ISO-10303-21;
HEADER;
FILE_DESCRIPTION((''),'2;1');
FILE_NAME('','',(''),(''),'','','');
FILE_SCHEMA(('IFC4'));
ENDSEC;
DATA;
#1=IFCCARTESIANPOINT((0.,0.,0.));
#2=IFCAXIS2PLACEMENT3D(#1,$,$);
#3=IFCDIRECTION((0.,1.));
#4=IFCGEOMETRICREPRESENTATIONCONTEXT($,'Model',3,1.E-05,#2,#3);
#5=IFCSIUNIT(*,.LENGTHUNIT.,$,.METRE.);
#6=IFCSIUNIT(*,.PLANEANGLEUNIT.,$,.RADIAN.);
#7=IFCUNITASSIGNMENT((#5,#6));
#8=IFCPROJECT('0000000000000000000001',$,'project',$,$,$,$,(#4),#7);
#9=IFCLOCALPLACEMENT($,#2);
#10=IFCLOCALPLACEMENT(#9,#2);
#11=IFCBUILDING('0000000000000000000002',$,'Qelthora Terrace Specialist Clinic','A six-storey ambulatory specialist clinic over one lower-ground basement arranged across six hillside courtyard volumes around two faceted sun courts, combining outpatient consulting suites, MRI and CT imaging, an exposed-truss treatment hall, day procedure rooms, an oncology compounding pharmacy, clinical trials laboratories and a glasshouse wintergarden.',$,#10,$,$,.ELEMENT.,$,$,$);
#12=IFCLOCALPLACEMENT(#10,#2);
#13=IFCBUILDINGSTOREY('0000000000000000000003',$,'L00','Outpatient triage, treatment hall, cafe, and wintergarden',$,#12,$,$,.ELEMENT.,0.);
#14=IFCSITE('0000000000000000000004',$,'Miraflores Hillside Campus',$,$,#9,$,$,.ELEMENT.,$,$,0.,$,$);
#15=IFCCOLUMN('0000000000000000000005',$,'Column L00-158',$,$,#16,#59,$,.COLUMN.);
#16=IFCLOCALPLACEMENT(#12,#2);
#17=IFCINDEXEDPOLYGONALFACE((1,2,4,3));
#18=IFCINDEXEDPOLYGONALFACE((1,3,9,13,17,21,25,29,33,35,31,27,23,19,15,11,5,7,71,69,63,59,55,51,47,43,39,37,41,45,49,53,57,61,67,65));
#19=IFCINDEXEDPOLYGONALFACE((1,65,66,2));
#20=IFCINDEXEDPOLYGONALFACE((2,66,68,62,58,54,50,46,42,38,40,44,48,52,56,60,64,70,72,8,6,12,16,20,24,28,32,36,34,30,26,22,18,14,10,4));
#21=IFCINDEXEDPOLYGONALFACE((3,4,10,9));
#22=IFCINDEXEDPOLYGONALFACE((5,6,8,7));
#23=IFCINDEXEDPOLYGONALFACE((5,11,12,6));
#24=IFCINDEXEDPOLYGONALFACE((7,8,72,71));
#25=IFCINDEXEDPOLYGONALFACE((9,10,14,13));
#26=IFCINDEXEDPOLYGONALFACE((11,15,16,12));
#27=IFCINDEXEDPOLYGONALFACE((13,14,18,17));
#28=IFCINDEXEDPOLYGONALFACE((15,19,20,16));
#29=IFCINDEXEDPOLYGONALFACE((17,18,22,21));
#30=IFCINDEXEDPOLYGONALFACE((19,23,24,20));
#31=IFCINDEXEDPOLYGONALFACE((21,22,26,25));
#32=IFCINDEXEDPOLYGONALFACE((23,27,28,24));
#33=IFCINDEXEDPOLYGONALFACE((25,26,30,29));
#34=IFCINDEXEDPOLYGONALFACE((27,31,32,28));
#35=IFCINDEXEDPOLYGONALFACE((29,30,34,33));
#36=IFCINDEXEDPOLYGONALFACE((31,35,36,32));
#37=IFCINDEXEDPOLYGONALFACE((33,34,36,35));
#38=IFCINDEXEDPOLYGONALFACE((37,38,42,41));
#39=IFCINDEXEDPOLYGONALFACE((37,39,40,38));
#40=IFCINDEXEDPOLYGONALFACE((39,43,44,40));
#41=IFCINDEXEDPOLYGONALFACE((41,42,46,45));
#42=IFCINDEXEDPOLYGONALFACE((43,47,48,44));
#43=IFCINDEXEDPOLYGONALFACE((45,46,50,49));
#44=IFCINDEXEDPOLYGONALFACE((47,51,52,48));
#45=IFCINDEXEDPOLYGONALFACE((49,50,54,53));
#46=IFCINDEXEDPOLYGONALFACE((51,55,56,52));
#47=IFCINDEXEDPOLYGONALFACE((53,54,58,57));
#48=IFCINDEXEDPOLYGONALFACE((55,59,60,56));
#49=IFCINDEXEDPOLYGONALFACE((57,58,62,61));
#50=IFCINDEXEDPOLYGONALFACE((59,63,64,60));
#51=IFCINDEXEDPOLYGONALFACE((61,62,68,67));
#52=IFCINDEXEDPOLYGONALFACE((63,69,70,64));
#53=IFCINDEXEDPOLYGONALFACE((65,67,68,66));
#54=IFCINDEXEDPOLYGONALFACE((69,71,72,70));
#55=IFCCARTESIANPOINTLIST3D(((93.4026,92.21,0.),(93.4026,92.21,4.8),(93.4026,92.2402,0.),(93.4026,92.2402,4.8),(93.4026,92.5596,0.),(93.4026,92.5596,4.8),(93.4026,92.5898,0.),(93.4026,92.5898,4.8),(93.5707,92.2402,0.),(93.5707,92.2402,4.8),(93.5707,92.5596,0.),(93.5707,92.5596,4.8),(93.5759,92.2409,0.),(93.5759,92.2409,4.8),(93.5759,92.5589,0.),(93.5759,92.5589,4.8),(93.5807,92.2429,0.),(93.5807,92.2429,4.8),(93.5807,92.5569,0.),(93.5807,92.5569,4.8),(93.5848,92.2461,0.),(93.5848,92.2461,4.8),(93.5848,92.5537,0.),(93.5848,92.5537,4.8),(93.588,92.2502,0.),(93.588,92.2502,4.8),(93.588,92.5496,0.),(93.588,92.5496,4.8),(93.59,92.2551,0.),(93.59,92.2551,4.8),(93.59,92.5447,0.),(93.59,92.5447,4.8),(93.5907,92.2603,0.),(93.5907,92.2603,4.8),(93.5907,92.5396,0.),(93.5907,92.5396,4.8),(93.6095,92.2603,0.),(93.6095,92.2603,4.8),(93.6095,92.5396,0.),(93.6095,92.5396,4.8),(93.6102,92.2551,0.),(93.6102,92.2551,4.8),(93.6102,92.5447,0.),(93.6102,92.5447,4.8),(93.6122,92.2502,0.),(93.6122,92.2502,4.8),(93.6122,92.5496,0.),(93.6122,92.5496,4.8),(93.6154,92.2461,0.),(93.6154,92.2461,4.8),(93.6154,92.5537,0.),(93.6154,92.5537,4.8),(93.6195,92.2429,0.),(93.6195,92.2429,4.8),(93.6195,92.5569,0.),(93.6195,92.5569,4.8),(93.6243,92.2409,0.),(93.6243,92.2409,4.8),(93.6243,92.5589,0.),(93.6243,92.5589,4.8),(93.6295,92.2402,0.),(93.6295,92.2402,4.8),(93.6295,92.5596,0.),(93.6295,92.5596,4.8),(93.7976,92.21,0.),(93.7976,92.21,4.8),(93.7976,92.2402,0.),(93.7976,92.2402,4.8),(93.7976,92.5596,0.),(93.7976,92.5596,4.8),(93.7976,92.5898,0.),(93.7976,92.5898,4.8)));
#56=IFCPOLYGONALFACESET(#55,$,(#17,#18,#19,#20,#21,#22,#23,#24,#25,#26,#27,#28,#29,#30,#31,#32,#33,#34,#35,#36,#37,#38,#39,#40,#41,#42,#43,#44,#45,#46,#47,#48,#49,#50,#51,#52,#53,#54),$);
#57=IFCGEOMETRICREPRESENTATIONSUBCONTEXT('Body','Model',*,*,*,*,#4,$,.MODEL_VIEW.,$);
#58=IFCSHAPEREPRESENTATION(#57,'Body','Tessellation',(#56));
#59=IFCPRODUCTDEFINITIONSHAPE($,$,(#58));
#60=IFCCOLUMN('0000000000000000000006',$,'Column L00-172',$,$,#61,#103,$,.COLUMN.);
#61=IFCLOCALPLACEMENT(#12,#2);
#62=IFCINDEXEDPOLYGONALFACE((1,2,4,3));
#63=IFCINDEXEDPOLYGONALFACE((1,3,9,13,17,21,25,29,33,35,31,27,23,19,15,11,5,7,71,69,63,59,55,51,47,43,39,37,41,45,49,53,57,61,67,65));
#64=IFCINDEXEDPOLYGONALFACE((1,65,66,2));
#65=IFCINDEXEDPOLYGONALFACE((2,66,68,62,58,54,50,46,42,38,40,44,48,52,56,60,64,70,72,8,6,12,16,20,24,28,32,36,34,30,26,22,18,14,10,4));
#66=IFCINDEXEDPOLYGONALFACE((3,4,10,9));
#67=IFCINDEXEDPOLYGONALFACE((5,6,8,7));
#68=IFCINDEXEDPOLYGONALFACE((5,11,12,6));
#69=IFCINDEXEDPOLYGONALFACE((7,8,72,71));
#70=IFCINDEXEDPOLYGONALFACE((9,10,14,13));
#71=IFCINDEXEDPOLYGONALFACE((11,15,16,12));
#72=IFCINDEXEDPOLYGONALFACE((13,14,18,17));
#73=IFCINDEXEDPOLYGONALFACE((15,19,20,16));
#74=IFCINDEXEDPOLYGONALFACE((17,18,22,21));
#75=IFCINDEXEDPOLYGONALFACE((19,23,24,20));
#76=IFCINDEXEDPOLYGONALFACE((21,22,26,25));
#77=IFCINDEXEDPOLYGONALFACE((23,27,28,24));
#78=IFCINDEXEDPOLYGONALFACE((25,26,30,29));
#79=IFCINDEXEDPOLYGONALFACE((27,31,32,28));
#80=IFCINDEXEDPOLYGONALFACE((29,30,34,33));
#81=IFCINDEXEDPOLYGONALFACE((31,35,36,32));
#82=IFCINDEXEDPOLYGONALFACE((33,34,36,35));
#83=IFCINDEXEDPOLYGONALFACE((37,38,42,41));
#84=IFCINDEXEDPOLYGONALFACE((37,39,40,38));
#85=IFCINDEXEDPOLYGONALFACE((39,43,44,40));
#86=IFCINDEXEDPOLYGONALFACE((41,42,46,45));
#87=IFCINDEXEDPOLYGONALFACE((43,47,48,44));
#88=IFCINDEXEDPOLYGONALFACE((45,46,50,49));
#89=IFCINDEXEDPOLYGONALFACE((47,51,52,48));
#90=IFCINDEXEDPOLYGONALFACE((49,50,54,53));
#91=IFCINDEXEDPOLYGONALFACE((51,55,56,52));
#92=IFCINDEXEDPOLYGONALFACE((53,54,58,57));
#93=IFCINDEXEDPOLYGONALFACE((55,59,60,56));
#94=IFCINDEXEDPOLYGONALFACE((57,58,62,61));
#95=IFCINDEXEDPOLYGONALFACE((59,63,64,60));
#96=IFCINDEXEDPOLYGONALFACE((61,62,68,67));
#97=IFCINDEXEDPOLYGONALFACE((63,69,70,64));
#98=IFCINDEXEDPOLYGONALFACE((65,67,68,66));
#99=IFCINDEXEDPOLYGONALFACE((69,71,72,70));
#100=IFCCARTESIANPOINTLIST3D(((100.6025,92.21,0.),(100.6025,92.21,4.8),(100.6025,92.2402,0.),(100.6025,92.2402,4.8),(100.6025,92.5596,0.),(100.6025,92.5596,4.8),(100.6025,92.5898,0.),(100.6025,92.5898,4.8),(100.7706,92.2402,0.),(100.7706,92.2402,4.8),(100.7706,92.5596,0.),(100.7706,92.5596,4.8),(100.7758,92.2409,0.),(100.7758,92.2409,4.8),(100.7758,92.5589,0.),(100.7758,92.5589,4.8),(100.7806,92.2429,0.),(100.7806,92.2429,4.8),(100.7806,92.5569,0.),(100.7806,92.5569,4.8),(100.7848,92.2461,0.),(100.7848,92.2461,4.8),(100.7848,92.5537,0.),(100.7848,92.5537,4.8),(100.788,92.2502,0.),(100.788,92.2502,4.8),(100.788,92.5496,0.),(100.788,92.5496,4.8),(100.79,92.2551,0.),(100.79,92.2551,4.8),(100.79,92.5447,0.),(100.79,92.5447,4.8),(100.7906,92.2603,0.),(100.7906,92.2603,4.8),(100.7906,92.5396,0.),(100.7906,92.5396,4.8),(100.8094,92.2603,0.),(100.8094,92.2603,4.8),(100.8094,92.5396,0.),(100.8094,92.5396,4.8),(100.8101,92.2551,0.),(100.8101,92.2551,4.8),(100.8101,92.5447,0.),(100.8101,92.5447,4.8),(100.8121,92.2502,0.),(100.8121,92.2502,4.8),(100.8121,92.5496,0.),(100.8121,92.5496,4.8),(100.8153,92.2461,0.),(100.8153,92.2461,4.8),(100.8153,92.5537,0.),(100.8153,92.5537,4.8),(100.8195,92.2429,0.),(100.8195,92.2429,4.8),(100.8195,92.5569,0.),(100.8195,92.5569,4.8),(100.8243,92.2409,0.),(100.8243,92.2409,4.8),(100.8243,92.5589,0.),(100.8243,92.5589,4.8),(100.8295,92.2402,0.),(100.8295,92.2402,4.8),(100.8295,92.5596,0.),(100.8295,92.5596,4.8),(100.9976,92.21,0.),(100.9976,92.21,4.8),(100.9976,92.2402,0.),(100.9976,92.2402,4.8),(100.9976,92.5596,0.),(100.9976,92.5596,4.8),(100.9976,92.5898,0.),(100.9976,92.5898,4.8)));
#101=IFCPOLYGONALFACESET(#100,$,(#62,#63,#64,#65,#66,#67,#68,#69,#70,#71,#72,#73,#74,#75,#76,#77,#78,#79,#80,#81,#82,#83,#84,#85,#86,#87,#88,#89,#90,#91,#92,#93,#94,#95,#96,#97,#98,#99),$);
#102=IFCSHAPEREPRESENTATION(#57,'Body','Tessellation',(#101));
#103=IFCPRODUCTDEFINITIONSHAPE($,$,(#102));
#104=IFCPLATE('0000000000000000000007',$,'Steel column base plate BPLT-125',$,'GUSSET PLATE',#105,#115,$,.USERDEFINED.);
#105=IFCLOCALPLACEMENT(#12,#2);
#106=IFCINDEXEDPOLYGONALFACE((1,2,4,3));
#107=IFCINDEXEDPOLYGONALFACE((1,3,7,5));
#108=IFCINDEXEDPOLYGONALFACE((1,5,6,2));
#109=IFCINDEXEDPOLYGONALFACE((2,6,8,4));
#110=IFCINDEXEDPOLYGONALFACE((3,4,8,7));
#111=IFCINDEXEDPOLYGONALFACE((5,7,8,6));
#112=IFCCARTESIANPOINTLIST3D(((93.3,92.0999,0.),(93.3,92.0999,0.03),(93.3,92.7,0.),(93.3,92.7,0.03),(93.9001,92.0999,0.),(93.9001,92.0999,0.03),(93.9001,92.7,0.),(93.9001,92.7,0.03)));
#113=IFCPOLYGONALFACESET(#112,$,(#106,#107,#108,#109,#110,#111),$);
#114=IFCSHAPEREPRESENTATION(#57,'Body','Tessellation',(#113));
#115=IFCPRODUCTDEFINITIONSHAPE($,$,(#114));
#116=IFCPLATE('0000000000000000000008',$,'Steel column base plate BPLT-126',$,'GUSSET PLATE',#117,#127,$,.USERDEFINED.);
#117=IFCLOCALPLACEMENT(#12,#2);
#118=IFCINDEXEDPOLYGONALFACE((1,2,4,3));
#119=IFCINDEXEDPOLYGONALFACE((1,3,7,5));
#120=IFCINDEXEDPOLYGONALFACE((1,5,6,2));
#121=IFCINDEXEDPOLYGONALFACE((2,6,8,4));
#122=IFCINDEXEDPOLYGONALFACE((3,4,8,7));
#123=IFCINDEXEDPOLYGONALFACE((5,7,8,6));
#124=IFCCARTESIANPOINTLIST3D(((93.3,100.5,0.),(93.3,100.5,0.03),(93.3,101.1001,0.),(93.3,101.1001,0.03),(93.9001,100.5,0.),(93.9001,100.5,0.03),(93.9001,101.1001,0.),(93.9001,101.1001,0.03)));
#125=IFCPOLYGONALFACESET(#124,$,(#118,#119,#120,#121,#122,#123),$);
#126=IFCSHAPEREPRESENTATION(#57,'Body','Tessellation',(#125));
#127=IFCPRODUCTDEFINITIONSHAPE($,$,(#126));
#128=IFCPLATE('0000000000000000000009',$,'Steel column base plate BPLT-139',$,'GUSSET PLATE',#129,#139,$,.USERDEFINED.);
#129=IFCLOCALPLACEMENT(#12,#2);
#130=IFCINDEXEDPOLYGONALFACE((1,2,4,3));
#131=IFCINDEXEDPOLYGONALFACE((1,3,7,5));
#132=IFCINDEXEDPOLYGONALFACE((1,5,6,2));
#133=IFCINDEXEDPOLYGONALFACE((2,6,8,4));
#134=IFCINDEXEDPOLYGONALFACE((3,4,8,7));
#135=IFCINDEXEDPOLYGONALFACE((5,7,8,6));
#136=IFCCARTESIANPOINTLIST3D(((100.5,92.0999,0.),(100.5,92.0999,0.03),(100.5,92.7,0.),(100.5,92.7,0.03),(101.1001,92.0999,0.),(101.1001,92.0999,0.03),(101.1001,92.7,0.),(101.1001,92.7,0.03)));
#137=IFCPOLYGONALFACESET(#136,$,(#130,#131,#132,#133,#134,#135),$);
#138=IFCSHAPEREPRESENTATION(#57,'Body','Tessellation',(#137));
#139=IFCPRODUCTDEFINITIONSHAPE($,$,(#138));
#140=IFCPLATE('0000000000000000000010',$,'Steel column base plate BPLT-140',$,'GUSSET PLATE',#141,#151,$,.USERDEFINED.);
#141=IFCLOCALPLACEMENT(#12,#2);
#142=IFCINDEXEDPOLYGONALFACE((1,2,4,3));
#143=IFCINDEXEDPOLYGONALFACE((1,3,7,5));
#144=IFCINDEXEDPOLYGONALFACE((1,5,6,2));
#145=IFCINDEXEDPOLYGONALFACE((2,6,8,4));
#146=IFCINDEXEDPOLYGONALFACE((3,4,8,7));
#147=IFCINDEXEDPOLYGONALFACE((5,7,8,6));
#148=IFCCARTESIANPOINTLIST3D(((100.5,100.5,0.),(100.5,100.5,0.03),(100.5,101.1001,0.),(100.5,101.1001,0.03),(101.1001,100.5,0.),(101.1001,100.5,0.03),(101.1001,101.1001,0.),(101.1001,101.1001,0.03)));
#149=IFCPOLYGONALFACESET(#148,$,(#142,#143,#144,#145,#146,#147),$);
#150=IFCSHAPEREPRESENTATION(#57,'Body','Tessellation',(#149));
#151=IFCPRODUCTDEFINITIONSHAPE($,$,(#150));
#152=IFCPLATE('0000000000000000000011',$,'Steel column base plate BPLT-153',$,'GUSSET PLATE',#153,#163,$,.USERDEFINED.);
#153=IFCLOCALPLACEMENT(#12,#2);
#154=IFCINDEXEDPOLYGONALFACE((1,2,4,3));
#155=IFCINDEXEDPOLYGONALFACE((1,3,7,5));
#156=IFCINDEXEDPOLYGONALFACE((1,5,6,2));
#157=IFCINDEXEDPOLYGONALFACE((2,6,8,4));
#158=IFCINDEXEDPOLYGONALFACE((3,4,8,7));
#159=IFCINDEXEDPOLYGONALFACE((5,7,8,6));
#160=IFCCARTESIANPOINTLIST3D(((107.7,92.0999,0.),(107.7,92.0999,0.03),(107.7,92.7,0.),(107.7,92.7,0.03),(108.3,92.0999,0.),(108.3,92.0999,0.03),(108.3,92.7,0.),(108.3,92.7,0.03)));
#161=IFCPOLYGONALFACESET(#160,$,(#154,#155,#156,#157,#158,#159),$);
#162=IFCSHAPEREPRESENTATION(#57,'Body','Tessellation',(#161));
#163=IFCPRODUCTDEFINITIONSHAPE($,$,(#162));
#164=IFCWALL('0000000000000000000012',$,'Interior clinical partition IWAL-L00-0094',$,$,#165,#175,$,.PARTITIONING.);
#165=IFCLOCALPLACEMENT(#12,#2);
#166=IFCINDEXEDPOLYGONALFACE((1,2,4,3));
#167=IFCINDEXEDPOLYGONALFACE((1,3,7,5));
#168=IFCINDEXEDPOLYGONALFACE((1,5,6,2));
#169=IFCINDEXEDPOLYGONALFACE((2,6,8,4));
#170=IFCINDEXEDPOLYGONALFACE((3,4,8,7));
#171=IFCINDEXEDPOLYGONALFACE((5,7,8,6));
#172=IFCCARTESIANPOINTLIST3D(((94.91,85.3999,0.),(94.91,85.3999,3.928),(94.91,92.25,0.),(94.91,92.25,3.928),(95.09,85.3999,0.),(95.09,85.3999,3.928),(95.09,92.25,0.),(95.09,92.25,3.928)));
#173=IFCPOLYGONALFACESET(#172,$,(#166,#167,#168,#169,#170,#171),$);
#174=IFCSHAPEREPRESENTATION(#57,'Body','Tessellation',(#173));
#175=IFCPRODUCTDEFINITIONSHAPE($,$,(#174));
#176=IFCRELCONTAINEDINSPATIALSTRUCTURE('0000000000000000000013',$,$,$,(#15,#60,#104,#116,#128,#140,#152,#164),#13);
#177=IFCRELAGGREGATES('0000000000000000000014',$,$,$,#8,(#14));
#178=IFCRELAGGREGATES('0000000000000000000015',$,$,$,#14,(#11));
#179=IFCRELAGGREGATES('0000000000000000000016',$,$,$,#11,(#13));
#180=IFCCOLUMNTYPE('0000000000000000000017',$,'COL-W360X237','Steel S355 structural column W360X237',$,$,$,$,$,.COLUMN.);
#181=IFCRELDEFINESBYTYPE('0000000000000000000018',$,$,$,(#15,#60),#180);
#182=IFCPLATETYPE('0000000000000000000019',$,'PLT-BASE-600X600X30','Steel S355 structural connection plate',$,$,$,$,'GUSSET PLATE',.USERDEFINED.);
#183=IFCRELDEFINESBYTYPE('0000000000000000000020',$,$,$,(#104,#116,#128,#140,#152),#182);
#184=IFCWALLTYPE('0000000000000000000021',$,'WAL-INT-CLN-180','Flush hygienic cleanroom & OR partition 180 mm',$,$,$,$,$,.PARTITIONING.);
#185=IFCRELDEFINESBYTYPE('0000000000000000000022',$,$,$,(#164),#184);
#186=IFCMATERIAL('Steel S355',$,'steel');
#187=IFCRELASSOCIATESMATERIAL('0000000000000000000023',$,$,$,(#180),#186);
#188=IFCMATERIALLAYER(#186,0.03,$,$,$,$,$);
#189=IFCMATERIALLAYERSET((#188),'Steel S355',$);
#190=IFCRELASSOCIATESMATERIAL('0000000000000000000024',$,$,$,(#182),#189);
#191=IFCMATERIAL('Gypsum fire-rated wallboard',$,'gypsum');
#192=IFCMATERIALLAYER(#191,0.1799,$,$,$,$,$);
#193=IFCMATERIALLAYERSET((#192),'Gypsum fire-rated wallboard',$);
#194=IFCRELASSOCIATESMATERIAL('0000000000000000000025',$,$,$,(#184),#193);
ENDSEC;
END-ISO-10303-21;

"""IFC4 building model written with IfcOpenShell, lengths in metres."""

from ifc_helpers import new_model, si_unit, direction, frame, frame_2d, origin, origin_2d, place, context, subcontext, project, spatial, rectangle, i_section, extrude, material, layer, layer_set, material_profile, profile_set, type_object, element, save


model = new_model("IFC4")

# Units and contexts
model_context = context("Model", 3, precision=1e-05, world=origin(), true_north=direction((0.0, 1.0)))
body_context = subcontext(model_context, "Body", "Model", "MODEL_VIEW")
ifc_project = project(units=[si_unit("LENGTHUNIT", "METRE"), si_unit("PLANEANGLEUNIT", "RADIAN")], contexts=[model_context])

# Site, building, storey
site_placement = place(None, origin())
site = spatial("IfcSite", under=ifc_project, at=site_placement, Name="Miraflores Hillside Campus", CompositionType="ELEMENT", RefElevation=0.0)
building_placement = place(site_placement, origin())
building = spatial("IfcBuilding", under=site, at=building_placement, Name="Qelthora Terrace Specialist Clinic", Description="A six-storey ambulatory specialist clinic over one lower-ground basement arranged across six hillside courtyard volumes around two faceted sun courts, combining outpatient consulting suites, MRI and CT imaging, an exposed-truss treatment hall, day procedure rooms, an oncology compounding pharmacy, clinical trials laboratories and a glasshouse wintergarden.", CompositionType="ELEMENT")
storey_placement = place(building_placement, origin())
storey = spatial("IfcBuildingStorey", under=building, at=storey_placement, Name="L00", Description="Outpatient triage, treatment hall, cafe, and wintergarden", CompositionType="ELEMENT", Elevation=0.0)

# Columns
ifc_material_1 = material(Name="Steel S355", Category="steel")
ifc_material_profile_1 = material_profile(ifc_material_1, i_section(OverallWidth=0.395, OverallDepth=0.3799, WebThickness=0.0188, FlangeThickness=0.0303, FilletRadius=0.02, at=origin_2d()), Name="W360X237")
ifc_profile_set_1 = profile_set([ifc_material_profile_1], Name="Steel S355")
column_type_1 = type_object("IfcColumnType", Name="COL-W360X237", Description="Steel S355 structural column W360X237", PredefinedType="COLUMN", material=ifc_profile_set_1)
for number, where, z_axis, x_axis, name in (
    (1, (93.6001, 92.3999, 0.0), (0.0, 0.0, 1.0), (1.0, 0.0, 0.0), "Column L00-158"),
    (2, (100.8, 92.3999, 0.0), (0.0, 0.0, 1.0), (1.0, 0.0, 0.0), "Column L00-172"),
):
    element("IfcColumn", number, at=place(storey_placement, frame(where, z_axis=z_axis, x_axis=x_axis)), inside=storey, type_object=column_type_1, Name=name, PredefinedType="COLUMN", context=body_context, shape_type="SweptSolid", body=[
        extrude(i_section(OverallWidth=0.395, OverallDepth=0.3799, WebThickness=0.0188, FlangeThickness=0.0303, FilletRadius=0.02, at=origin_2d()), origin(), (0.0, 0.0, 1.0), 4.8),
    ])

# Plates
ifc_layer_1 = layer(ifc_material_1, 0.03)
ifc_layer_set_1 = layer_set([ifc_layer_1], Name="Steel S355")
plate_type = type_object("IfcPlateType", Name="PLT-BASE-600X600X30", Description="Steel S355 structural connection plate", ElementType="GUSSET PLATE", PredefinedType="USERDEFINED", material=ifc_layer_set_1)
for number, where, z_axis, x_axis, name in (
    (3, (93.6001, 92.3999, 0.0), (0.0, 0.0, 1.0), (1.0, 0.0, 0.0), "Steel column base plate BPLT-125"),
    (4, (93.6001, 100.8, 0.0), (0.0, 0.0, 1.0), (1.0, 0.0, 0.0), "Steel column base plate BPLT-126"),
    (5, (100.8, 92.3999, 0.0), (0.0, 0.0, 1.0), (1.0, 0.0, 0.0), "Steel column base plate BPLT-139"),
    (6, (100.8, 100.8, 0.0), (0.0, 0.0, 1.0), (1.0, 0.0, 0.0), "Steel column base plate BPLT-140"),
    (7, (108.0, 92.3999, 0.0), (0.0, 0.0, 1.0), (1.0, 0.0, 0.0), "Steel column base plate BPLT-153"),
):
    element("IfcPlate", number, at=place(storey_placement, frame(where, z_axis=z_axis, x_axis=x_axis)), inside=storey, type_object=plate_type, Name=name, ObjectType="GUSSET PLATE", PredefinedType="USERDEFINED", context=body_context, shape_type="SweptSolid", body=[
        extrude(rectangle(XDim=0.6001, YDim=0.6001, at=origin_2d()), origin(), (0.0, 0.0, 1.0), 0.03),
    ])

# Wall
ifc_material_2 = material(Name="Gypsum fire-rated wallboard", Category="gypsum")
ifc_layer_2 = layer(ifc_material_2, 0.1799)
ifc_layer_set_2 = layer_set([ifc_layer_2], Name="Gypsum fire-rated wallboard")
wall_type_1 = type_object("IfcWallType", Name="WAL-INT-CLN-180", Description="Flush hygienic cleanroom & OR partition 180 mm", PredefinedType="PARTITIONING", material=ifc_layer_set_2)
wall_1_placement = place(storey_placement, frame((95.0, 85.3999, 0.0), z_axis=(0.0, 0.0, 1.0), x_axis=(0.0, 1.0, 0.0)))
element("IfcWall", 8, at=wall_1_placement, inside=storey, type_object=wall_type_1, Name="Interior clinical partition IWAL-L00-0094", PredefinedType="PARTITIONING", context=body_context, shape_type="SweptSolid", body=[
    extrude(rectangle(XDim=6.8501, YDim=0.1799, at=frame_2d((3.425, 0.0))), origin(), (0.0, 0.0, 1.0), 3.928),
])

save(model, "model.ifc")
